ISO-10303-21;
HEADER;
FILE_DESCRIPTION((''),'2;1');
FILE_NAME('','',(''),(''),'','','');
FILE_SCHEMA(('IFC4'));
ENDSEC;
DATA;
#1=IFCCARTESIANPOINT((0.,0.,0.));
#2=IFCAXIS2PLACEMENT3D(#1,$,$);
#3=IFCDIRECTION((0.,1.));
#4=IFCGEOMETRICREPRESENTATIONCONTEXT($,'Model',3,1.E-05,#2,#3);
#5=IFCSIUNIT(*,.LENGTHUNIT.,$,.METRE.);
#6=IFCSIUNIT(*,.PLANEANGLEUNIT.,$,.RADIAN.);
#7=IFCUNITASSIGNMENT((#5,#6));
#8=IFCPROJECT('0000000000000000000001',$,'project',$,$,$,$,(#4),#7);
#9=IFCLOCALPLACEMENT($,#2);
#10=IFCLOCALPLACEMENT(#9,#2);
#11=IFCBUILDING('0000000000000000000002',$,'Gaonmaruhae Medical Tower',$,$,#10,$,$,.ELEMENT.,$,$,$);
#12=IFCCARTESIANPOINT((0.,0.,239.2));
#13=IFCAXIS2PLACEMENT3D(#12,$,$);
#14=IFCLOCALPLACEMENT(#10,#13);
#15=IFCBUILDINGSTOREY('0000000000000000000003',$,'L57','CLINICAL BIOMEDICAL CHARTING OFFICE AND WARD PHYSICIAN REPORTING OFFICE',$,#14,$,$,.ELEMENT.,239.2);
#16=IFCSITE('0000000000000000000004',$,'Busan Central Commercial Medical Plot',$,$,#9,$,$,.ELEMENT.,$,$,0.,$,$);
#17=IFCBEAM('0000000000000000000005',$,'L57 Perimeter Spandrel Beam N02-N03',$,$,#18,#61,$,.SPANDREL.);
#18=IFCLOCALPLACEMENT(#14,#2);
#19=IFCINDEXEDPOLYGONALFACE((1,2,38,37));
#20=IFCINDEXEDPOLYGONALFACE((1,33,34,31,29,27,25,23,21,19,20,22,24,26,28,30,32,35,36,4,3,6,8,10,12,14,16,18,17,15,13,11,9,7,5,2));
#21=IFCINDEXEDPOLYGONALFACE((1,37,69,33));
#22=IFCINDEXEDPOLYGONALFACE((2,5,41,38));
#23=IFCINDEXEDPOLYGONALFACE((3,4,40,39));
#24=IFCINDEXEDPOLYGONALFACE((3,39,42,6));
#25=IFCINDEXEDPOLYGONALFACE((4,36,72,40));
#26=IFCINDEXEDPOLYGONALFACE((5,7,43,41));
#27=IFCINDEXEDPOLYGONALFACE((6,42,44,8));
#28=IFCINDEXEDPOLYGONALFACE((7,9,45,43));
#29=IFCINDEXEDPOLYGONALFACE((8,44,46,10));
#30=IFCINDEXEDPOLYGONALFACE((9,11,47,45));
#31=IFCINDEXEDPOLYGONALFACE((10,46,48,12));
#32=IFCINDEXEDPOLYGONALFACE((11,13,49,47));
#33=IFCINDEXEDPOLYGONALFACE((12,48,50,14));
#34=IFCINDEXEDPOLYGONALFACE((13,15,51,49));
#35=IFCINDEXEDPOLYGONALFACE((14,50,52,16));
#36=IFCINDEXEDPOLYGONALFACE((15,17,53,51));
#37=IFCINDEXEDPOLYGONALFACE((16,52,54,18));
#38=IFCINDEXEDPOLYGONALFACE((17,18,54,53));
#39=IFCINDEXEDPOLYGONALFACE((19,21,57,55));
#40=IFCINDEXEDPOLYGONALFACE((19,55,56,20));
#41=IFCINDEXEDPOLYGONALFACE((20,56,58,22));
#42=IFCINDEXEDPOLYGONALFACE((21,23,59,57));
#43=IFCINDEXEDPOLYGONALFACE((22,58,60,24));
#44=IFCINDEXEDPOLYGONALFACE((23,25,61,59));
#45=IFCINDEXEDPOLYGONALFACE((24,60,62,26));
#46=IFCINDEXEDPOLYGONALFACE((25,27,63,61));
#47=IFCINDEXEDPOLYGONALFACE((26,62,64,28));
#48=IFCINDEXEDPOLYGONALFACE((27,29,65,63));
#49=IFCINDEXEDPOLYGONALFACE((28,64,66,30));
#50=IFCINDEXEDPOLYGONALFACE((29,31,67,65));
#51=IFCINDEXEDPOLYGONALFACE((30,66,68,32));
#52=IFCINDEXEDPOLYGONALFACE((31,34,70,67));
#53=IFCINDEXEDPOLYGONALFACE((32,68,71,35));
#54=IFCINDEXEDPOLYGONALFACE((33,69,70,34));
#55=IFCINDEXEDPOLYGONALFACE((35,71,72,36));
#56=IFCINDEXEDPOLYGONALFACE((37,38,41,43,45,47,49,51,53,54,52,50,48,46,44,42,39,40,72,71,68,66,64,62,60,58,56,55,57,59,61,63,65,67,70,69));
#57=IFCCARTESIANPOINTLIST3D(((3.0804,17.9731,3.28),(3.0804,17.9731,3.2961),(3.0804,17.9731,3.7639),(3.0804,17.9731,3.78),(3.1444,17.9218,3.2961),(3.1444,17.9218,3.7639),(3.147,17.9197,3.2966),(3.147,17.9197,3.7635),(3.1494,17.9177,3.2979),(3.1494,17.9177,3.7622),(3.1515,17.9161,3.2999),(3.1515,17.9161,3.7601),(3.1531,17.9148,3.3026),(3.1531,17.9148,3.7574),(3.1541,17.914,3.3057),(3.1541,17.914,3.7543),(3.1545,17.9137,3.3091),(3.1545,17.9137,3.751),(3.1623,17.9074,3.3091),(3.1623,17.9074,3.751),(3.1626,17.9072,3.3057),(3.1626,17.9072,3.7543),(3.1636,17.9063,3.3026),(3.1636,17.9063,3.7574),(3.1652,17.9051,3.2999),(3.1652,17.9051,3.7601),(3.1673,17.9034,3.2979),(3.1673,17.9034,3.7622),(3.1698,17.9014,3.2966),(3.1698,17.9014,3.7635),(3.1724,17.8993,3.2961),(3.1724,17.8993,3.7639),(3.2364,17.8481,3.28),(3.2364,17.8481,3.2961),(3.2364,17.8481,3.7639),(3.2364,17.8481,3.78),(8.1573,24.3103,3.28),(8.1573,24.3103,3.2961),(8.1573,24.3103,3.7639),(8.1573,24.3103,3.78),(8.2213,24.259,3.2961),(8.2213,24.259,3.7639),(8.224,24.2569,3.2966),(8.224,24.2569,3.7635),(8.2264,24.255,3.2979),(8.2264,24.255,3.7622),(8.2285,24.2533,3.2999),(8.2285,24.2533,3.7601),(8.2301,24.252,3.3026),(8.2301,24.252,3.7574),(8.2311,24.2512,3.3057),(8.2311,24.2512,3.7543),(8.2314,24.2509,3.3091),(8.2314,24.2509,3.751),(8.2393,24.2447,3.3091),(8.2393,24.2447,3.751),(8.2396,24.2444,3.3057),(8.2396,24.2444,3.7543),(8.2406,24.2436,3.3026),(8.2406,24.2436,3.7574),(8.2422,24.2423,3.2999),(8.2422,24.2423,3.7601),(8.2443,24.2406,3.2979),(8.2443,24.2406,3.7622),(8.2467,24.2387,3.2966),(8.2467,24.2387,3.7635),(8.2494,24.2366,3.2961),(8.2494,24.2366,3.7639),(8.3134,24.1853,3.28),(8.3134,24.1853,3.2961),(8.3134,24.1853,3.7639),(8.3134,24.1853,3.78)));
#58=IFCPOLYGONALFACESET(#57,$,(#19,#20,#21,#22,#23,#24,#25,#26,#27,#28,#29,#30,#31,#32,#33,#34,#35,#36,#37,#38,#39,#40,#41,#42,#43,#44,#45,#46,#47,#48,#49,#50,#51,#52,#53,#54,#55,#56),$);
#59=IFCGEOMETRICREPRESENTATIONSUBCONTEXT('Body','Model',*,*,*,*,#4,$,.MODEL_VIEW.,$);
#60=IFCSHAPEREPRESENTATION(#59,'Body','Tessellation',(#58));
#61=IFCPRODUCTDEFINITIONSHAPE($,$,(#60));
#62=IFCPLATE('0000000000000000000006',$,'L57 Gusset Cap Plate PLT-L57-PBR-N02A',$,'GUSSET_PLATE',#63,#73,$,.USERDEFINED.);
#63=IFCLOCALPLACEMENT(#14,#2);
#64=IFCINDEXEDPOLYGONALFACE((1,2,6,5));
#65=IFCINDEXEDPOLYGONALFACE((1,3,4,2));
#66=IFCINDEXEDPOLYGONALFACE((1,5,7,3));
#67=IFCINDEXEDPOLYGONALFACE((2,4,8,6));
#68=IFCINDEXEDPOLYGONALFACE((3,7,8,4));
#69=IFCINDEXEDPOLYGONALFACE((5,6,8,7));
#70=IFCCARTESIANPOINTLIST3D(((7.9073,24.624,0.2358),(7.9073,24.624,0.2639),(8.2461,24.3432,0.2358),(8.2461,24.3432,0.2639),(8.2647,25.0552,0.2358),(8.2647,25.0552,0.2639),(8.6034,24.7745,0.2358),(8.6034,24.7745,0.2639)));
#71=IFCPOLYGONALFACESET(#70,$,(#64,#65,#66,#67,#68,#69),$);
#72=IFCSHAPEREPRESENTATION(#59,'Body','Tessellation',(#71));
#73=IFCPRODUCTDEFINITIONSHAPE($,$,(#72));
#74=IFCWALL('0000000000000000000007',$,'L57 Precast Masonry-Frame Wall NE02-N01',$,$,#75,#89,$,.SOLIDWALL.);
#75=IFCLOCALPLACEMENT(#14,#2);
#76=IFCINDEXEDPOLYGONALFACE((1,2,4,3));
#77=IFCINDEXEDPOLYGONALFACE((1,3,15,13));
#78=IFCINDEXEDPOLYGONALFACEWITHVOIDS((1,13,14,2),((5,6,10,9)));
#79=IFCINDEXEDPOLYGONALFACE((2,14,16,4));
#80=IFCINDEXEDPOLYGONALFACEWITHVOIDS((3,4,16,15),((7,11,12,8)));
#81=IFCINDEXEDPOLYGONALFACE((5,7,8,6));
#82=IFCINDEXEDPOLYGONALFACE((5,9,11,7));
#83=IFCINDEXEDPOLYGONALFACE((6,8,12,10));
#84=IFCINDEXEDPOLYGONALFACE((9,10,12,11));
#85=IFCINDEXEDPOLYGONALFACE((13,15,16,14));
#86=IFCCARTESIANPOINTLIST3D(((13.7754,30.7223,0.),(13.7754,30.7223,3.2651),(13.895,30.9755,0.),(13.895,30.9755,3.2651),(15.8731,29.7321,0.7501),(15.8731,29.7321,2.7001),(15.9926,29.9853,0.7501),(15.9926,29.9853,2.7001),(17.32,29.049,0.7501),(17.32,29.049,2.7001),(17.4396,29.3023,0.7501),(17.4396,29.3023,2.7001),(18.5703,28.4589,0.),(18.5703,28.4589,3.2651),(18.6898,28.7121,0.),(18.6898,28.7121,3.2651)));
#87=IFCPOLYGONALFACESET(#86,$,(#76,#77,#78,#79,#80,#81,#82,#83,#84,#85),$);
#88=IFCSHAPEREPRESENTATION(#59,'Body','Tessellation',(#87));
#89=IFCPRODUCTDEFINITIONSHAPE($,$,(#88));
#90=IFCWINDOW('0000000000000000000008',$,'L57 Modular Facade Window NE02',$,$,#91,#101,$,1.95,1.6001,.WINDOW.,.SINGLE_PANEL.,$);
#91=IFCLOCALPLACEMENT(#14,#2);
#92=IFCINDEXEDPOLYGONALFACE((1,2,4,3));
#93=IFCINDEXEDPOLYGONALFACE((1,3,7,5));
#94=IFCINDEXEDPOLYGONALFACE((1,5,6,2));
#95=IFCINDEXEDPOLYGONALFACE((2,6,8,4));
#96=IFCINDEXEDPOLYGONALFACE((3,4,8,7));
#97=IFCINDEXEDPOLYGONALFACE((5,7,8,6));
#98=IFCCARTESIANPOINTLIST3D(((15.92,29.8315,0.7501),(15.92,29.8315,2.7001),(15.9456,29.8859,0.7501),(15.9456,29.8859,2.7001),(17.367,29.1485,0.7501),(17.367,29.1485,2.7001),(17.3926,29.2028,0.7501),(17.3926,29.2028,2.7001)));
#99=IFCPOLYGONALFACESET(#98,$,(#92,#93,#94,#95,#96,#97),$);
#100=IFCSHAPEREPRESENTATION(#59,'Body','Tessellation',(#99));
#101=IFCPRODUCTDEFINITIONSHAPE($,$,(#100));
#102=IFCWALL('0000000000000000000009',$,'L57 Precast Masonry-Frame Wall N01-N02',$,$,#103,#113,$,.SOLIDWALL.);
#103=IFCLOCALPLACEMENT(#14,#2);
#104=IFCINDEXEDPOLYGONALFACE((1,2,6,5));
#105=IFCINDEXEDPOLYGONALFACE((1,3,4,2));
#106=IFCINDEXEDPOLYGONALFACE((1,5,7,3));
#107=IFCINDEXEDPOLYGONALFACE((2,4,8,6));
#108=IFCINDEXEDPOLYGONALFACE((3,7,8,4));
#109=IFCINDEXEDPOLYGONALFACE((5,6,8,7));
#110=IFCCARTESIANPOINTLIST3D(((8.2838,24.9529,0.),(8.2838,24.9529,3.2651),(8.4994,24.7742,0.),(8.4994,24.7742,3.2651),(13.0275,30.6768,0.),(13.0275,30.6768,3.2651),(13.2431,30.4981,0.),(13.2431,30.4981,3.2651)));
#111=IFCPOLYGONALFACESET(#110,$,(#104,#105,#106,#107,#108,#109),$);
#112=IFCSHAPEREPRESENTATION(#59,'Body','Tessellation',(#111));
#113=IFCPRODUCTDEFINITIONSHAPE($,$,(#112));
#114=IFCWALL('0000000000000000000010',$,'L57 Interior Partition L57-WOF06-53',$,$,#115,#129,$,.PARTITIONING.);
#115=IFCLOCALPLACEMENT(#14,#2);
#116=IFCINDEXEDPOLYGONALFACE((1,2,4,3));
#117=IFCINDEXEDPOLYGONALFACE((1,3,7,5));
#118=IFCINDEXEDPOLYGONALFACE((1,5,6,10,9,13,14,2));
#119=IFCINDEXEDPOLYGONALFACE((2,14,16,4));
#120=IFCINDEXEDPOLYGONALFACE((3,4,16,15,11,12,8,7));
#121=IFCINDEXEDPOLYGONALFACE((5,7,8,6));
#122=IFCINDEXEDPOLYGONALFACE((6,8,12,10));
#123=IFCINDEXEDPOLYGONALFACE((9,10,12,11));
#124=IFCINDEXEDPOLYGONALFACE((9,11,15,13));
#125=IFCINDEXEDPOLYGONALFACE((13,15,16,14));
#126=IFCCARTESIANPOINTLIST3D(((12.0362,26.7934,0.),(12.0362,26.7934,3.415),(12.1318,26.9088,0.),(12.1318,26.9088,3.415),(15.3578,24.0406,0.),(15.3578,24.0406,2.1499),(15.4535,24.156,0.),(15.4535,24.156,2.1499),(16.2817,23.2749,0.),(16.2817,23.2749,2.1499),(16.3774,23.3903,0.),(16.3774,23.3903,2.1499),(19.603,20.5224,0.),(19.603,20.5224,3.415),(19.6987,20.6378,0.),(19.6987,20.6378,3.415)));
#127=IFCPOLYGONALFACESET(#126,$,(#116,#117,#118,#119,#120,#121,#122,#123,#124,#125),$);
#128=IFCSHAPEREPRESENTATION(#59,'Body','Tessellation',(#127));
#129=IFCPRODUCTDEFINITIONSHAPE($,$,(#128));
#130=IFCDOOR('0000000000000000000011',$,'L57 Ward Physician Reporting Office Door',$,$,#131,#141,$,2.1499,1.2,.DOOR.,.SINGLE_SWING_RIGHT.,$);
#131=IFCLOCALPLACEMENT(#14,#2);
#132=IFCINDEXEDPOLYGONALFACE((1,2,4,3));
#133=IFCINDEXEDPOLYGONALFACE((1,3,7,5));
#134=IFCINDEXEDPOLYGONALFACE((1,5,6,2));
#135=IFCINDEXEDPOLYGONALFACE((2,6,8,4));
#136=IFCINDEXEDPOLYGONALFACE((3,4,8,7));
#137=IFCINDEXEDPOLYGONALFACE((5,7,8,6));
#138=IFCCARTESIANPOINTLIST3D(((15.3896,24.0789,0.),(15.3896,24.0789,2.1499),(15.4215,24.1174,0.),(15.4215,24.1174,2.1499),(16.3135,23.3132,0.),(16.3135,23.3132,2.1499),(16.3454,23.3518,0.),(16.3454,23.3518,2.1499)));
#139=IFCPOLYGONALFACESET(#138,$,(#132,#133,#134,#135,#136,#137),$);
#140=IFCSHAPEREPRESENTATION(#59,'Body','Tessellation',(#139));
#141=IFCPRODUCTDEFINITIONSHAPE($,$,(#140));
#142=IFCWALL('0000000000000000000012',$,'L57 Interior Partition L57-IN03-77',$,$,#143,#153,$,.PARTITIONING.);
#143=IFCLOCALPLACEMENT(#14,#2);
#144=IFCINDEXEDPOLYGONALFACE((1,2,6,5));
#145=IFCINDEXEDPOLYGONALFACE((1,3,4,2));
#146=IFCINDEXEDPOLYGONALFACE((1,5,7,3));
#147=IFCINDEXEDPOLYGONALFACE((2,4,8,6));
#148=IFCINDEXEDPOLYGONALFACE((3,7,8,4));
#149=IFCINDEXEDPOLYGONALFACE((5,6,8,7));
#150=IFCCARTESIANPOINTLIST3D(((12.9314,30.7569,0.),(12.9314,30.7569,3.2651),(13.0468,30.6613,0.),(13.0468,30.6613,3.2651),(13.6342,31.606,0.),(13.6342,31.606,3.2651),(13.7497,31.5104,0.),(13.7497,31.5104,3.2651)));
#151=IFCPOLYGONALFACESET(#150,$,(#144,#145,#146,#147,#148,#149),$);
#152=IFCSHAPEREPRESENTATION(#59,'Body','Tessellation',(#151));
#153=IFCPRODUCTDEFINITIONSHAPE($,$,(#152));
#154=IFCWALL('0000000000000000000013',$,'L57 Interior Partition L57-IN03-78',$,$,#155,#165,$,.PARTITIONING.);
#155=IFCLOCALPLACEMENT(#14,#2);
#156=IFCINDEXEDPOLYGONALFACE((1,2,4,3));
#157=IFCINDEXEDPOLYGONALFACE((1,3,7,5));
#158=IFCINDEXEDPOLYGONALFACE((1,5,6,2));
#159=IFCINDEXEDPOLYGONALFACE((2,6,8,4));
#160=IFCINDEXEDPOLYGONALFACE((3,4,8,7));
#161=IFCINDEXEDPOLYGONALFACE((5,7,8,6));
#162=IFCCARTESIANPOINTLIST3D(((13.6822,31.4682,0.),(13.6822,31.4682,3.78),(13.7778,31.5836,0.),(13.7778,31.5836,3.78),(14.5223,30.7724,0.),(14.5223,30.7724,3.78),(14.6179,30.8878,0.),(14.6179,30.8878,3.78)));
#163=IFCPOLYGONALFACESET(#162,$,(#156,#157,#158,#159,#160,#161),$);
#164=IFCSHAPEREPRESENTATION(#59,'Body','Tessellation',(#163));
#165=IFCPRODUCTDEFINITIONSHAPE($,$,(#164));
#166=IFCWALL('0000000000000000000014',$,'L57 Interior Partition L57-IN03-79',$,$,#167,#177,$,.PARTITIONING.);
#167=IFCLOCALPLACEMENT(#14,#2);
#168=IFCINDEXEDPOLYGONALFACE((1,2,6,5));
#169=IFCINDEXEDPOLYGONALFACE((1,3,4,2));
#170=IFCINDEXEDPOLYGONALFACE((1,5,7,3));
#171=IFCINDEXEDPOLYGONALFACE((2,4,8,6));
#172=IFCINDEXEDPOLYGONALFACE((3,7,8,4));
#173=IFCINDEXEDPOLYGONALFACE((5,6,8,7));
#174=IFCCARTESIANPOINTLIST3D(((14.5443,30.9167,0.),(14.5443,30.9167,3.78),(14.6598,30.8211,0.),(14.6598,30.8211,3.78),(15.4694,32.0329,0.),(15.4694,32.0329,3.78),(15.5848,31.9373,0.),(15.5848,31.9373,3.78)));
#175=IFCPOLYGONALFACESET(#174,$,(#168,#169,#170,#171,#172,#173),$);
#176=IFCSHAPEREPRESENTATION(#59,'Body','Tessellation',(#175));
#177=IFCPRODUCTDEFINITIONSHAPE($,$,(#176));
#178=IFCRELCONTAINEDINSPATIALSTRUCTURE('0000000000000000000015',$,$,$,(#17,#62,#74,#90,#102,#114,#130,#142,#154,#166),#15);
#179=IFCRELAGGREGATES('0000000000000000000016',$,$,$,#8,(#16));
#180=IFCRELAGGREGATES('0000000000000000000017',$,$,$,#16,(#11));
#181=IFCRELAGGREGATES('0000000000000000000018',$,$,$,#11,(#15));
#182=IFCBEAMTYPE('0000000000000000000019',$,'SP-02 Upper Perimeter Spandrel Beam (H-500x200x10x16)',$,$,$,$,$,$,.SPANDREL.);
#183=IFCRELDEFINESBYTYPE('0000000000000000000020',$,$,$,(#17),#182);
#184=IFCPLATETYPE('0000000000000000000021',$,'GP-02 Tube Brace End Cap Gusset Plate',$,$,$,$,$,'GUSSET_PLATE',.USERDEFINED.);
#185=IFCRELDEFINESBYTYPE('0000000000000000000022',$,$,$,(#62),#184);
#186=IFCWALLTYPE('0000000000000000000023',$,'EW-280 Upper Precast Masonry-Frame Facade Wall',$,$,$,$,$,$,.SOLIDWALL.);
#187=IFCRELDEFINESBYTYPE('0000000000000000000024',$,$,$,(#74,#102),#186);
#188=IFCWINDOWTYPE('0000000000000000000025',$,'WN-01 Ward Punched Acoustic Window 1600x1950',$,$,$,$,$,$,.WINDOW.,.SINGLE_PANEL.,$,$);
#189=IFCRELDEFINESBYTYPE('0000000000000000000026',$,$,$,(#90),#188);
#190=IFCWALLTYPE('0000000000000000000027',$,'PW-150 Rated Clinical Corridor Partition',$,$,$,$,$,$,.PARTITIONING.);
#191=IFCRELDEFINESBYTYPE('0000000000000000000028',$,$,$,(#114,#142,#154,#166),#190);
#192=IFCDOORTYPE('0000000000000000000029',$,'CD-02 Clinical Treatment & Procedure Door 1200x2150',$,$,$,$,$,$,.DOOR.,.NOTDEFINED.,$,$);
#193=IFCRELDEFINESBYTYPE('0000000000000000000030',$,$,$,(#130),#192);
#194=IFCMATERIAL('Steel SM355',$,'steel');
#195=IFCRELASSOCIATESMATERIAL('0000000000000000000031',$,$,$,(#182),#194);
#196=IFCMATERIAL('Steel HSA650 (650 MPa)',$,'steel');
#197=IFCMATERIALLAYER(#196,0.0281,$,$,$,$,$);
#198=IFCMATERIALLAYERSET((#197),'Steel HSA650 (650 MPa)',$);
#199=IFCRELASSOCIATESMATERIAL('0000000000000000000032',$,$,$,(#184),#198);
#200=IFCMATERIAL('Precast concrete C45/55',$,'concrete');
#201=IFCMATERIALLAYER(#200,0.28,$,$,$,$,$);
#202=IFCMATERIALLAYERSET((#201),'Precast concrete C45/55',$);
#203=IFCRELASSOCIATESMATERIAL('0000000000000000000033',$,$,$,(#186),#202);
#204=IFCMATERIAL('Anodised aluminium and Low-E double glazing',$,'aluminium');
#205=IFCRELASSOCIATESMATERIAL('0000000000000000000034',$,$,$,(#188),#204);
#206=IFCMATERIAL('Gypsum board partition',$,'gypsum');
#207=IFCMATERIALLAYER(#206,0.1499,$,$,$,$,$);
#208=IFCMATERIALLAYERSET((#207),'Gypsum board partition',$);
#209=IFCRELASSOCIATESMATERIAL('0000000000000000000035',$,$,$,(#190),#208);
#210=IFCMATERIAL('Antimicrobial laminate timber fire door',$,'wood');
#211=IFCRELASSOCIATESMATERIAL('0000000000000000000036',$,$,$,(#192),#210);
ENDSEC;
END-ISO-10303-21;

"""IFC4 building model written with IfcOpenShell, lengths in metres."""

from ifc_helpers import new_model, si_unit, direction, frame, frame_2d, origin, origin_2d, place, context, subcontext, project, spatial, rectangle, i_section, extrude, material, layer, layer_set, material_profile, profile_set, type_object, element, fill, save


model = new_model("IFC4")

# Units and contexts
model_context = context("Model", 3, precision=1e-05, world=origin(), true_north=direction((0.0, 1.0)))
body_context = subcontext(model_context, "Body", "Model", "MODEL_VIEW")
ifc_project = project(units=[si_unit("LENGTHUNIT", "METRE"), si_unit("PLANEANGLEUNIT", "RADIAN")], contexts=[model_context])

# Site, building, storey
site_placement = place(None, origin())
site = spatial("IfcSite", under=ifc_project, at=site_placement, Name="Busan Central Commercial Medical Plot", CompositionType="ELEMENT", RefElevation=0.0)
building_placement = place(site_placement, origin())
building = spatial("IfcBuilding", under=site, at=building_placement, Name="Gaonmaruhae Medical Tower", CompositionType="ELEMENT")
storey_placement = place(building_placement, frame((0.0, 0.0, 239.2)))
storey = spatial("IfcBuildingStorey", under=building, at=storey_placement, Name="L57", Description="CLINICAL BIOMEDICAL CHARTING OFFICE AND WARD PHYSICIAN REPORTING OFFICE", CompositionType="ELEMENT", Elevation=239.2)

# Shared definitions
ifc_material_1 = material(Name="Steel SM355", Category="steel")

# Beam
ifc_material_profile_1 = material_profile(ifc_material_1, i_section(OverallWidth=0.2, OverallDepth=0.5, WebThickness=0.01, FlangeThickness=0.0161, FilletRadius=0.0129, at=origin_2d()), Name="H-500x200x10x16")
ifc_profile_set_1 = profile_set([ifc_material_profile_1], Name="Steel SM355")
beam_type_1 = type_object("IfcBeamType", Name="SP-02 Upper Perimeter Spandrel Beam (H-500x200x10x16)", PredefinedType="SPANDREL", material=ifc_profile_set_1)
beam_1_placement = place(storey_placement, frame((8.2354, 24.2478, 3.53), z_axis=(-0.625234, -0.780437, 0.0), x_axis=(0.780437, -0.625234, 0.0)))
element("IfcBeam", 1, at=beam_1_placement, inside=storey, type_object=beam_type_1, Name="L57 Perimeter Spandrel Beam N02-N03", PredefinedType="SPANDREL", context=body_context, shape_type="SweptSolid", body=[
    extrude(i_section(OverallWidth=0.2, OverallDepth=0.5, WebThickness=0.01, FlangeThickness=0.0161, FilletRadius=0.0129, at=origin_2d()), origin(), (0.0, 0.0, 1.0), 8.1201),
])

# Plate
ifc_material_2 = material(Name="Steel HSA650 (650 MPa)", Category="steel")
ifc_layer_1 = layer(ifc_material_2, 0.0281)
ifc_layer_set_1 = layer_set([ifc_layer_1], Name="Steel HSA650 (650 MPa)")
plate_type = type_object("IfcPlateType", Name="GP-02 Tube Brace End Cap Gusset Plate", ElementType="GUSSET_PLATE", PredefinedType="USERDEFINED", material=ifc_layer_set_1)
plate_placement = place(storey_placement, frame((8.2554, 24.6992, 0.2358), z_axis=(0.0, 0.0, 1.0), x_axis=(0.638096, 0.769957, 0.0)))
element("IfcPlate", 2, at=plate_placement, inside=storey, type_object=plate_type, Name="L57 Gusset Cap Plate PLT-L57-PBR-N02A", ObjectType="GUSSET_PLATE", PredefinedType="USERDEFINED", context=body_context, shape_type="SweptSolid", body=[
    extrude(rectangle(XDim=0.5601, YDim=0.4399, at=origin_2d()), origin(), (0.0, 0.0, 1.0), 0.0281),
])

# Wall, opening, window
ifc_material_3 = material(Name="Precast concrete C45/55", Category="concrete")
ifc_layer_2 = layer(ifc_material_3, 0.28)
ifc_layer_set_2 = layer_set([ifc_layer_2], Name="Precast concrete C45/55")
wall_type_1 = type_object("IfcWallType", Name="EW-280 Upper Precast Masonry-Frame Facade Wall", PredefinedType="SOLIDWALL", material=ifc_layer_set_2)
wall_1_placement = place(storey_placement, frame((13.8352, 30.8489, 0.0), z_axis=(0.0, 0.0, 1.0), x_axis=(0.90431, -0.426877, 0.0)))
wall_1 = element("IfcWall", 3, at=wall_1_placement, inside=storey, type_object=wall_type_1, Name="L57 Precast Masonry-Frame Wall NE02-N01", PredefinedType="SOLIDWALL", context=body_context, shape_type="SweptSolid", body=[
    extrude(rectangle(XDim=5.3022, YDim=0.28, at=frame_2d((2.6511, 0.0))), origin(), (0.0, 0.0, 1.0), 3.2651),
])
opening_1_placement = place(wall_1_placement, frame((2.3196, 0.0, 0.75)))
opening_1 = element("IfcOpeningElement", 4, at=opening_1_placement, cuts=wall_1, PredefinedType="OPENING", context=body_context, shape_type="SweptSolid", body=[
    extrude(rectangle(XDim=1.6001, YDim=1.95, at=frame_2d((0.8, 0.9751))), frame((0.0, 0.1499, 0.0), z_axis=(0.0, -1.0, 0.0), x_axis=(1.0, 0.0, 0.0)), (0.0, 0.0, 1.0), 0.3),
])
ifc_material_4 = material(Name="Anodised aluminium and Low-E double glazing", Category="aluminium")
window_type = type_object("IfcWindowType", Name="WN-01 Ward Punched Acoustic Window 1600x1950", PartitioningType="SINGLE_PANEL", PredefinedType="WINDOW", material=ifc_material_4)
window_placement = place(opening_1_placement, origin())
window = element("IfcWindow", 5, at=window_placement, inside=storey, type_object=window_type, Name="L57 Modular Facade Window NE02", OverallHeight=1.95, OverallWidth=1.6001, PartitioningType="SINGLE_PANEL", PredefinedType="WINDOW", context=body_context, shape_type="SweptSolid", body=[
    extrude(rectangle(XDim=1.6001, YDim=1.95, at=frame_2d((0.8, 0.9751))), frame((0.0, 0.03, 0.0), z_axis=(0.0, -1.0, 0.0), x_axis=(1.0, 0.0, 0.0)), (0.0, 0.0, 1.0), 0.0601),
])
fill(opening_1, window)

# Wall
wall_2_placement = place(storey_placement, frame((8.3916, 24.8635, 0.0), z_axis=(0.0, 0.0, 1.0), x_axis=(0.638099, 0.769955, 0.0)))
element("IfcWall", 6, at=wall_2_placement, inside=storey, type_object=wall_type_1, Name="L57 Precast Masonry-Frame Wall N01-N02", PredefinedType="SOLIDWALL", context=body_context, shape_type="SweptSolid", body=[
    extrude(rectangle(XDim=7.4341, YDim=0.28, at=frame_2d((3.717, 0.0))), origin(), (0.0, 0.0, 1.0), 3.2651),
])

# Wall, opening, door
ifc_material_5 = material(Name="Gypsum board partition", Category="gypsum")
ifc_layer_3 = layer(ifc_material_5, 0.1499)
ifc_layer_set_3 = layer_set([ifc_layer_3], Name="Gypsum board partition")
wall_type_2 = type_object("IfcWallType", Name="PW-150 Rated Clinical Corridor Partition", PredefinedType="PARTITIONING", material=ifc_layer_set_3)
wall_3_placement = place(storey_placement, frame((12.084, 26.8511, 0.0), z_axis=(0.0, 0.0, 1.0), x_axis=(0.769957, -0.638095, 0.0)))
wall_3 = element("IfcWall", 7, at=wall_3_placement, inside=storey, type_object=wall_type_2, Name="L57 Interior Partition L57-WOF06-53", PredefinedType="PARTITIONING", context=body_context, shape_type="SweptSolid", body=[
    extrude(rectangle(XDim=9.8276, YDim=0.1499, at=frame_2d((4.9138, 0.0))), origin(), (0.0, 0.0, 1.0), 3.415),
])
opening_2_placement = place(wall_3_placement, frame((4.314, 0.0, 0.0)))
opening_2 = element("IfcOpeningElement", 8, at=opening_2_placement, cuts=wall_3, PredefinedType="OPENING", context=body_context, shape_type="SweptSolid", body=[
    extrude(rectangle(XDim=1.2, YDim=2.1499, at=frame_2d((0.6001, 1.075))), frame((0.0, 0.085, 0.0), z_axis=(0.0, -1.0, 0.0), x_axis=(1.0, 0.0, 0.0)), (0.0, 0.0, 1.0), 0.1699),
])
ifc_material_6 = material(Name="Antimicrobial laminate timber fire door", Category="wood")
door_type_1 = type_object("IfcDoorType", Name="CD-02 Clinical Treatment & Procedure Door 1200x2150", OperationType="NOTDEFINED", PredefinedType="DOOR", material=ifc_material_6)
door_1_placement = place(opening_2_placement, origin())
door_1 = element("IfcDoor", 9, at=door_1_placement, inside=storey, type_object=door_type_1, Name="L57 Ward Physician Reporting Office Door", OperationType="SINGLE_SWING_RIGHT", OverallHeight=2.1499, OverallWidth=1.2, PredefinedType="DOOR", context=body_context, shape_type="SweptSolid", body=[
    extrude(rectangle(XDim=1.2, YDim=2.1499, at=frame_2d((0.6001, 1.075))), frame((0.0, 0.0249, 0.0), z_axis=(0.0, -1.0, 0.0), x_axis=(1.0, 0.0, 0.0)), (0.0, 0.0, 1.0), 0.05),
])
fill(opening_2, door_1)

# Walls
wall_4_placement = place(storey_placement, frame((12.989, 30.709, 0.0), z_axis=(0.0, 0.0, 1.0), x_axis=(0.637654, 0.770323, 0.0)))
element("IfcWall", 10, at=wall_4_placement, inside=storey, type_object=wall_type_2, Name="L57 Interior Partition L57-IN03-77", PredefinedType="PARTITIONING", context=body_context, shape_type="SweptSolid", body=[
    extrude(rectangle(XDim=1.1023, YDim=0.1499, at=frame_2d((0.5513, 0.0))), origin(), (0.0, 0.0, 1.0), 3.2651),
])
wall_5_placement = place(storey_placement, frame((13.73, 31.5259, 0.0), z_axis=(0.0, 0.0, 1.0), x_axis=(0.770144, -0.63787, 0.0)))
element("IfcWall", 11, at=wall_5_placement, inside=storey, type_object=wall_type_2, Name="L57 Interior Partition L57-IN03-78", PredefinedType="PARTITIONING", context=body_context, shape_type="SweptSolid", body=[
    extrude(rectangle(XDim=1.0908, YDim=0.1499, at=frame_2d((0.5454, 0.0))), origin(), (0.0, 0.0, 1.0), 3.78),
])
wall_6_placement = place(storey_placement, frame((14.6021, 30.8689, 0.0), z_axis=(0.0, 0.0, 1.0), x_axis=(0.638095, 0.769958, 0.0)))
element("IfcWall", 12, at=wall_6_placement, inside=storey, type_object=wall_type_2, Name="L57 Interior Partition L57-IN03-79", PredefinedType="PARTITIONING", context=body_context, shape_type="SweptSolid", body=[
    extrude(rectangle(XDim=1.4497, YDim=0.1499, at=frame_2d((0.7249, 0.0))), origin(), (0.0, 0.0, 1.0), 3.78),
])

save(model, "model.ifc")
